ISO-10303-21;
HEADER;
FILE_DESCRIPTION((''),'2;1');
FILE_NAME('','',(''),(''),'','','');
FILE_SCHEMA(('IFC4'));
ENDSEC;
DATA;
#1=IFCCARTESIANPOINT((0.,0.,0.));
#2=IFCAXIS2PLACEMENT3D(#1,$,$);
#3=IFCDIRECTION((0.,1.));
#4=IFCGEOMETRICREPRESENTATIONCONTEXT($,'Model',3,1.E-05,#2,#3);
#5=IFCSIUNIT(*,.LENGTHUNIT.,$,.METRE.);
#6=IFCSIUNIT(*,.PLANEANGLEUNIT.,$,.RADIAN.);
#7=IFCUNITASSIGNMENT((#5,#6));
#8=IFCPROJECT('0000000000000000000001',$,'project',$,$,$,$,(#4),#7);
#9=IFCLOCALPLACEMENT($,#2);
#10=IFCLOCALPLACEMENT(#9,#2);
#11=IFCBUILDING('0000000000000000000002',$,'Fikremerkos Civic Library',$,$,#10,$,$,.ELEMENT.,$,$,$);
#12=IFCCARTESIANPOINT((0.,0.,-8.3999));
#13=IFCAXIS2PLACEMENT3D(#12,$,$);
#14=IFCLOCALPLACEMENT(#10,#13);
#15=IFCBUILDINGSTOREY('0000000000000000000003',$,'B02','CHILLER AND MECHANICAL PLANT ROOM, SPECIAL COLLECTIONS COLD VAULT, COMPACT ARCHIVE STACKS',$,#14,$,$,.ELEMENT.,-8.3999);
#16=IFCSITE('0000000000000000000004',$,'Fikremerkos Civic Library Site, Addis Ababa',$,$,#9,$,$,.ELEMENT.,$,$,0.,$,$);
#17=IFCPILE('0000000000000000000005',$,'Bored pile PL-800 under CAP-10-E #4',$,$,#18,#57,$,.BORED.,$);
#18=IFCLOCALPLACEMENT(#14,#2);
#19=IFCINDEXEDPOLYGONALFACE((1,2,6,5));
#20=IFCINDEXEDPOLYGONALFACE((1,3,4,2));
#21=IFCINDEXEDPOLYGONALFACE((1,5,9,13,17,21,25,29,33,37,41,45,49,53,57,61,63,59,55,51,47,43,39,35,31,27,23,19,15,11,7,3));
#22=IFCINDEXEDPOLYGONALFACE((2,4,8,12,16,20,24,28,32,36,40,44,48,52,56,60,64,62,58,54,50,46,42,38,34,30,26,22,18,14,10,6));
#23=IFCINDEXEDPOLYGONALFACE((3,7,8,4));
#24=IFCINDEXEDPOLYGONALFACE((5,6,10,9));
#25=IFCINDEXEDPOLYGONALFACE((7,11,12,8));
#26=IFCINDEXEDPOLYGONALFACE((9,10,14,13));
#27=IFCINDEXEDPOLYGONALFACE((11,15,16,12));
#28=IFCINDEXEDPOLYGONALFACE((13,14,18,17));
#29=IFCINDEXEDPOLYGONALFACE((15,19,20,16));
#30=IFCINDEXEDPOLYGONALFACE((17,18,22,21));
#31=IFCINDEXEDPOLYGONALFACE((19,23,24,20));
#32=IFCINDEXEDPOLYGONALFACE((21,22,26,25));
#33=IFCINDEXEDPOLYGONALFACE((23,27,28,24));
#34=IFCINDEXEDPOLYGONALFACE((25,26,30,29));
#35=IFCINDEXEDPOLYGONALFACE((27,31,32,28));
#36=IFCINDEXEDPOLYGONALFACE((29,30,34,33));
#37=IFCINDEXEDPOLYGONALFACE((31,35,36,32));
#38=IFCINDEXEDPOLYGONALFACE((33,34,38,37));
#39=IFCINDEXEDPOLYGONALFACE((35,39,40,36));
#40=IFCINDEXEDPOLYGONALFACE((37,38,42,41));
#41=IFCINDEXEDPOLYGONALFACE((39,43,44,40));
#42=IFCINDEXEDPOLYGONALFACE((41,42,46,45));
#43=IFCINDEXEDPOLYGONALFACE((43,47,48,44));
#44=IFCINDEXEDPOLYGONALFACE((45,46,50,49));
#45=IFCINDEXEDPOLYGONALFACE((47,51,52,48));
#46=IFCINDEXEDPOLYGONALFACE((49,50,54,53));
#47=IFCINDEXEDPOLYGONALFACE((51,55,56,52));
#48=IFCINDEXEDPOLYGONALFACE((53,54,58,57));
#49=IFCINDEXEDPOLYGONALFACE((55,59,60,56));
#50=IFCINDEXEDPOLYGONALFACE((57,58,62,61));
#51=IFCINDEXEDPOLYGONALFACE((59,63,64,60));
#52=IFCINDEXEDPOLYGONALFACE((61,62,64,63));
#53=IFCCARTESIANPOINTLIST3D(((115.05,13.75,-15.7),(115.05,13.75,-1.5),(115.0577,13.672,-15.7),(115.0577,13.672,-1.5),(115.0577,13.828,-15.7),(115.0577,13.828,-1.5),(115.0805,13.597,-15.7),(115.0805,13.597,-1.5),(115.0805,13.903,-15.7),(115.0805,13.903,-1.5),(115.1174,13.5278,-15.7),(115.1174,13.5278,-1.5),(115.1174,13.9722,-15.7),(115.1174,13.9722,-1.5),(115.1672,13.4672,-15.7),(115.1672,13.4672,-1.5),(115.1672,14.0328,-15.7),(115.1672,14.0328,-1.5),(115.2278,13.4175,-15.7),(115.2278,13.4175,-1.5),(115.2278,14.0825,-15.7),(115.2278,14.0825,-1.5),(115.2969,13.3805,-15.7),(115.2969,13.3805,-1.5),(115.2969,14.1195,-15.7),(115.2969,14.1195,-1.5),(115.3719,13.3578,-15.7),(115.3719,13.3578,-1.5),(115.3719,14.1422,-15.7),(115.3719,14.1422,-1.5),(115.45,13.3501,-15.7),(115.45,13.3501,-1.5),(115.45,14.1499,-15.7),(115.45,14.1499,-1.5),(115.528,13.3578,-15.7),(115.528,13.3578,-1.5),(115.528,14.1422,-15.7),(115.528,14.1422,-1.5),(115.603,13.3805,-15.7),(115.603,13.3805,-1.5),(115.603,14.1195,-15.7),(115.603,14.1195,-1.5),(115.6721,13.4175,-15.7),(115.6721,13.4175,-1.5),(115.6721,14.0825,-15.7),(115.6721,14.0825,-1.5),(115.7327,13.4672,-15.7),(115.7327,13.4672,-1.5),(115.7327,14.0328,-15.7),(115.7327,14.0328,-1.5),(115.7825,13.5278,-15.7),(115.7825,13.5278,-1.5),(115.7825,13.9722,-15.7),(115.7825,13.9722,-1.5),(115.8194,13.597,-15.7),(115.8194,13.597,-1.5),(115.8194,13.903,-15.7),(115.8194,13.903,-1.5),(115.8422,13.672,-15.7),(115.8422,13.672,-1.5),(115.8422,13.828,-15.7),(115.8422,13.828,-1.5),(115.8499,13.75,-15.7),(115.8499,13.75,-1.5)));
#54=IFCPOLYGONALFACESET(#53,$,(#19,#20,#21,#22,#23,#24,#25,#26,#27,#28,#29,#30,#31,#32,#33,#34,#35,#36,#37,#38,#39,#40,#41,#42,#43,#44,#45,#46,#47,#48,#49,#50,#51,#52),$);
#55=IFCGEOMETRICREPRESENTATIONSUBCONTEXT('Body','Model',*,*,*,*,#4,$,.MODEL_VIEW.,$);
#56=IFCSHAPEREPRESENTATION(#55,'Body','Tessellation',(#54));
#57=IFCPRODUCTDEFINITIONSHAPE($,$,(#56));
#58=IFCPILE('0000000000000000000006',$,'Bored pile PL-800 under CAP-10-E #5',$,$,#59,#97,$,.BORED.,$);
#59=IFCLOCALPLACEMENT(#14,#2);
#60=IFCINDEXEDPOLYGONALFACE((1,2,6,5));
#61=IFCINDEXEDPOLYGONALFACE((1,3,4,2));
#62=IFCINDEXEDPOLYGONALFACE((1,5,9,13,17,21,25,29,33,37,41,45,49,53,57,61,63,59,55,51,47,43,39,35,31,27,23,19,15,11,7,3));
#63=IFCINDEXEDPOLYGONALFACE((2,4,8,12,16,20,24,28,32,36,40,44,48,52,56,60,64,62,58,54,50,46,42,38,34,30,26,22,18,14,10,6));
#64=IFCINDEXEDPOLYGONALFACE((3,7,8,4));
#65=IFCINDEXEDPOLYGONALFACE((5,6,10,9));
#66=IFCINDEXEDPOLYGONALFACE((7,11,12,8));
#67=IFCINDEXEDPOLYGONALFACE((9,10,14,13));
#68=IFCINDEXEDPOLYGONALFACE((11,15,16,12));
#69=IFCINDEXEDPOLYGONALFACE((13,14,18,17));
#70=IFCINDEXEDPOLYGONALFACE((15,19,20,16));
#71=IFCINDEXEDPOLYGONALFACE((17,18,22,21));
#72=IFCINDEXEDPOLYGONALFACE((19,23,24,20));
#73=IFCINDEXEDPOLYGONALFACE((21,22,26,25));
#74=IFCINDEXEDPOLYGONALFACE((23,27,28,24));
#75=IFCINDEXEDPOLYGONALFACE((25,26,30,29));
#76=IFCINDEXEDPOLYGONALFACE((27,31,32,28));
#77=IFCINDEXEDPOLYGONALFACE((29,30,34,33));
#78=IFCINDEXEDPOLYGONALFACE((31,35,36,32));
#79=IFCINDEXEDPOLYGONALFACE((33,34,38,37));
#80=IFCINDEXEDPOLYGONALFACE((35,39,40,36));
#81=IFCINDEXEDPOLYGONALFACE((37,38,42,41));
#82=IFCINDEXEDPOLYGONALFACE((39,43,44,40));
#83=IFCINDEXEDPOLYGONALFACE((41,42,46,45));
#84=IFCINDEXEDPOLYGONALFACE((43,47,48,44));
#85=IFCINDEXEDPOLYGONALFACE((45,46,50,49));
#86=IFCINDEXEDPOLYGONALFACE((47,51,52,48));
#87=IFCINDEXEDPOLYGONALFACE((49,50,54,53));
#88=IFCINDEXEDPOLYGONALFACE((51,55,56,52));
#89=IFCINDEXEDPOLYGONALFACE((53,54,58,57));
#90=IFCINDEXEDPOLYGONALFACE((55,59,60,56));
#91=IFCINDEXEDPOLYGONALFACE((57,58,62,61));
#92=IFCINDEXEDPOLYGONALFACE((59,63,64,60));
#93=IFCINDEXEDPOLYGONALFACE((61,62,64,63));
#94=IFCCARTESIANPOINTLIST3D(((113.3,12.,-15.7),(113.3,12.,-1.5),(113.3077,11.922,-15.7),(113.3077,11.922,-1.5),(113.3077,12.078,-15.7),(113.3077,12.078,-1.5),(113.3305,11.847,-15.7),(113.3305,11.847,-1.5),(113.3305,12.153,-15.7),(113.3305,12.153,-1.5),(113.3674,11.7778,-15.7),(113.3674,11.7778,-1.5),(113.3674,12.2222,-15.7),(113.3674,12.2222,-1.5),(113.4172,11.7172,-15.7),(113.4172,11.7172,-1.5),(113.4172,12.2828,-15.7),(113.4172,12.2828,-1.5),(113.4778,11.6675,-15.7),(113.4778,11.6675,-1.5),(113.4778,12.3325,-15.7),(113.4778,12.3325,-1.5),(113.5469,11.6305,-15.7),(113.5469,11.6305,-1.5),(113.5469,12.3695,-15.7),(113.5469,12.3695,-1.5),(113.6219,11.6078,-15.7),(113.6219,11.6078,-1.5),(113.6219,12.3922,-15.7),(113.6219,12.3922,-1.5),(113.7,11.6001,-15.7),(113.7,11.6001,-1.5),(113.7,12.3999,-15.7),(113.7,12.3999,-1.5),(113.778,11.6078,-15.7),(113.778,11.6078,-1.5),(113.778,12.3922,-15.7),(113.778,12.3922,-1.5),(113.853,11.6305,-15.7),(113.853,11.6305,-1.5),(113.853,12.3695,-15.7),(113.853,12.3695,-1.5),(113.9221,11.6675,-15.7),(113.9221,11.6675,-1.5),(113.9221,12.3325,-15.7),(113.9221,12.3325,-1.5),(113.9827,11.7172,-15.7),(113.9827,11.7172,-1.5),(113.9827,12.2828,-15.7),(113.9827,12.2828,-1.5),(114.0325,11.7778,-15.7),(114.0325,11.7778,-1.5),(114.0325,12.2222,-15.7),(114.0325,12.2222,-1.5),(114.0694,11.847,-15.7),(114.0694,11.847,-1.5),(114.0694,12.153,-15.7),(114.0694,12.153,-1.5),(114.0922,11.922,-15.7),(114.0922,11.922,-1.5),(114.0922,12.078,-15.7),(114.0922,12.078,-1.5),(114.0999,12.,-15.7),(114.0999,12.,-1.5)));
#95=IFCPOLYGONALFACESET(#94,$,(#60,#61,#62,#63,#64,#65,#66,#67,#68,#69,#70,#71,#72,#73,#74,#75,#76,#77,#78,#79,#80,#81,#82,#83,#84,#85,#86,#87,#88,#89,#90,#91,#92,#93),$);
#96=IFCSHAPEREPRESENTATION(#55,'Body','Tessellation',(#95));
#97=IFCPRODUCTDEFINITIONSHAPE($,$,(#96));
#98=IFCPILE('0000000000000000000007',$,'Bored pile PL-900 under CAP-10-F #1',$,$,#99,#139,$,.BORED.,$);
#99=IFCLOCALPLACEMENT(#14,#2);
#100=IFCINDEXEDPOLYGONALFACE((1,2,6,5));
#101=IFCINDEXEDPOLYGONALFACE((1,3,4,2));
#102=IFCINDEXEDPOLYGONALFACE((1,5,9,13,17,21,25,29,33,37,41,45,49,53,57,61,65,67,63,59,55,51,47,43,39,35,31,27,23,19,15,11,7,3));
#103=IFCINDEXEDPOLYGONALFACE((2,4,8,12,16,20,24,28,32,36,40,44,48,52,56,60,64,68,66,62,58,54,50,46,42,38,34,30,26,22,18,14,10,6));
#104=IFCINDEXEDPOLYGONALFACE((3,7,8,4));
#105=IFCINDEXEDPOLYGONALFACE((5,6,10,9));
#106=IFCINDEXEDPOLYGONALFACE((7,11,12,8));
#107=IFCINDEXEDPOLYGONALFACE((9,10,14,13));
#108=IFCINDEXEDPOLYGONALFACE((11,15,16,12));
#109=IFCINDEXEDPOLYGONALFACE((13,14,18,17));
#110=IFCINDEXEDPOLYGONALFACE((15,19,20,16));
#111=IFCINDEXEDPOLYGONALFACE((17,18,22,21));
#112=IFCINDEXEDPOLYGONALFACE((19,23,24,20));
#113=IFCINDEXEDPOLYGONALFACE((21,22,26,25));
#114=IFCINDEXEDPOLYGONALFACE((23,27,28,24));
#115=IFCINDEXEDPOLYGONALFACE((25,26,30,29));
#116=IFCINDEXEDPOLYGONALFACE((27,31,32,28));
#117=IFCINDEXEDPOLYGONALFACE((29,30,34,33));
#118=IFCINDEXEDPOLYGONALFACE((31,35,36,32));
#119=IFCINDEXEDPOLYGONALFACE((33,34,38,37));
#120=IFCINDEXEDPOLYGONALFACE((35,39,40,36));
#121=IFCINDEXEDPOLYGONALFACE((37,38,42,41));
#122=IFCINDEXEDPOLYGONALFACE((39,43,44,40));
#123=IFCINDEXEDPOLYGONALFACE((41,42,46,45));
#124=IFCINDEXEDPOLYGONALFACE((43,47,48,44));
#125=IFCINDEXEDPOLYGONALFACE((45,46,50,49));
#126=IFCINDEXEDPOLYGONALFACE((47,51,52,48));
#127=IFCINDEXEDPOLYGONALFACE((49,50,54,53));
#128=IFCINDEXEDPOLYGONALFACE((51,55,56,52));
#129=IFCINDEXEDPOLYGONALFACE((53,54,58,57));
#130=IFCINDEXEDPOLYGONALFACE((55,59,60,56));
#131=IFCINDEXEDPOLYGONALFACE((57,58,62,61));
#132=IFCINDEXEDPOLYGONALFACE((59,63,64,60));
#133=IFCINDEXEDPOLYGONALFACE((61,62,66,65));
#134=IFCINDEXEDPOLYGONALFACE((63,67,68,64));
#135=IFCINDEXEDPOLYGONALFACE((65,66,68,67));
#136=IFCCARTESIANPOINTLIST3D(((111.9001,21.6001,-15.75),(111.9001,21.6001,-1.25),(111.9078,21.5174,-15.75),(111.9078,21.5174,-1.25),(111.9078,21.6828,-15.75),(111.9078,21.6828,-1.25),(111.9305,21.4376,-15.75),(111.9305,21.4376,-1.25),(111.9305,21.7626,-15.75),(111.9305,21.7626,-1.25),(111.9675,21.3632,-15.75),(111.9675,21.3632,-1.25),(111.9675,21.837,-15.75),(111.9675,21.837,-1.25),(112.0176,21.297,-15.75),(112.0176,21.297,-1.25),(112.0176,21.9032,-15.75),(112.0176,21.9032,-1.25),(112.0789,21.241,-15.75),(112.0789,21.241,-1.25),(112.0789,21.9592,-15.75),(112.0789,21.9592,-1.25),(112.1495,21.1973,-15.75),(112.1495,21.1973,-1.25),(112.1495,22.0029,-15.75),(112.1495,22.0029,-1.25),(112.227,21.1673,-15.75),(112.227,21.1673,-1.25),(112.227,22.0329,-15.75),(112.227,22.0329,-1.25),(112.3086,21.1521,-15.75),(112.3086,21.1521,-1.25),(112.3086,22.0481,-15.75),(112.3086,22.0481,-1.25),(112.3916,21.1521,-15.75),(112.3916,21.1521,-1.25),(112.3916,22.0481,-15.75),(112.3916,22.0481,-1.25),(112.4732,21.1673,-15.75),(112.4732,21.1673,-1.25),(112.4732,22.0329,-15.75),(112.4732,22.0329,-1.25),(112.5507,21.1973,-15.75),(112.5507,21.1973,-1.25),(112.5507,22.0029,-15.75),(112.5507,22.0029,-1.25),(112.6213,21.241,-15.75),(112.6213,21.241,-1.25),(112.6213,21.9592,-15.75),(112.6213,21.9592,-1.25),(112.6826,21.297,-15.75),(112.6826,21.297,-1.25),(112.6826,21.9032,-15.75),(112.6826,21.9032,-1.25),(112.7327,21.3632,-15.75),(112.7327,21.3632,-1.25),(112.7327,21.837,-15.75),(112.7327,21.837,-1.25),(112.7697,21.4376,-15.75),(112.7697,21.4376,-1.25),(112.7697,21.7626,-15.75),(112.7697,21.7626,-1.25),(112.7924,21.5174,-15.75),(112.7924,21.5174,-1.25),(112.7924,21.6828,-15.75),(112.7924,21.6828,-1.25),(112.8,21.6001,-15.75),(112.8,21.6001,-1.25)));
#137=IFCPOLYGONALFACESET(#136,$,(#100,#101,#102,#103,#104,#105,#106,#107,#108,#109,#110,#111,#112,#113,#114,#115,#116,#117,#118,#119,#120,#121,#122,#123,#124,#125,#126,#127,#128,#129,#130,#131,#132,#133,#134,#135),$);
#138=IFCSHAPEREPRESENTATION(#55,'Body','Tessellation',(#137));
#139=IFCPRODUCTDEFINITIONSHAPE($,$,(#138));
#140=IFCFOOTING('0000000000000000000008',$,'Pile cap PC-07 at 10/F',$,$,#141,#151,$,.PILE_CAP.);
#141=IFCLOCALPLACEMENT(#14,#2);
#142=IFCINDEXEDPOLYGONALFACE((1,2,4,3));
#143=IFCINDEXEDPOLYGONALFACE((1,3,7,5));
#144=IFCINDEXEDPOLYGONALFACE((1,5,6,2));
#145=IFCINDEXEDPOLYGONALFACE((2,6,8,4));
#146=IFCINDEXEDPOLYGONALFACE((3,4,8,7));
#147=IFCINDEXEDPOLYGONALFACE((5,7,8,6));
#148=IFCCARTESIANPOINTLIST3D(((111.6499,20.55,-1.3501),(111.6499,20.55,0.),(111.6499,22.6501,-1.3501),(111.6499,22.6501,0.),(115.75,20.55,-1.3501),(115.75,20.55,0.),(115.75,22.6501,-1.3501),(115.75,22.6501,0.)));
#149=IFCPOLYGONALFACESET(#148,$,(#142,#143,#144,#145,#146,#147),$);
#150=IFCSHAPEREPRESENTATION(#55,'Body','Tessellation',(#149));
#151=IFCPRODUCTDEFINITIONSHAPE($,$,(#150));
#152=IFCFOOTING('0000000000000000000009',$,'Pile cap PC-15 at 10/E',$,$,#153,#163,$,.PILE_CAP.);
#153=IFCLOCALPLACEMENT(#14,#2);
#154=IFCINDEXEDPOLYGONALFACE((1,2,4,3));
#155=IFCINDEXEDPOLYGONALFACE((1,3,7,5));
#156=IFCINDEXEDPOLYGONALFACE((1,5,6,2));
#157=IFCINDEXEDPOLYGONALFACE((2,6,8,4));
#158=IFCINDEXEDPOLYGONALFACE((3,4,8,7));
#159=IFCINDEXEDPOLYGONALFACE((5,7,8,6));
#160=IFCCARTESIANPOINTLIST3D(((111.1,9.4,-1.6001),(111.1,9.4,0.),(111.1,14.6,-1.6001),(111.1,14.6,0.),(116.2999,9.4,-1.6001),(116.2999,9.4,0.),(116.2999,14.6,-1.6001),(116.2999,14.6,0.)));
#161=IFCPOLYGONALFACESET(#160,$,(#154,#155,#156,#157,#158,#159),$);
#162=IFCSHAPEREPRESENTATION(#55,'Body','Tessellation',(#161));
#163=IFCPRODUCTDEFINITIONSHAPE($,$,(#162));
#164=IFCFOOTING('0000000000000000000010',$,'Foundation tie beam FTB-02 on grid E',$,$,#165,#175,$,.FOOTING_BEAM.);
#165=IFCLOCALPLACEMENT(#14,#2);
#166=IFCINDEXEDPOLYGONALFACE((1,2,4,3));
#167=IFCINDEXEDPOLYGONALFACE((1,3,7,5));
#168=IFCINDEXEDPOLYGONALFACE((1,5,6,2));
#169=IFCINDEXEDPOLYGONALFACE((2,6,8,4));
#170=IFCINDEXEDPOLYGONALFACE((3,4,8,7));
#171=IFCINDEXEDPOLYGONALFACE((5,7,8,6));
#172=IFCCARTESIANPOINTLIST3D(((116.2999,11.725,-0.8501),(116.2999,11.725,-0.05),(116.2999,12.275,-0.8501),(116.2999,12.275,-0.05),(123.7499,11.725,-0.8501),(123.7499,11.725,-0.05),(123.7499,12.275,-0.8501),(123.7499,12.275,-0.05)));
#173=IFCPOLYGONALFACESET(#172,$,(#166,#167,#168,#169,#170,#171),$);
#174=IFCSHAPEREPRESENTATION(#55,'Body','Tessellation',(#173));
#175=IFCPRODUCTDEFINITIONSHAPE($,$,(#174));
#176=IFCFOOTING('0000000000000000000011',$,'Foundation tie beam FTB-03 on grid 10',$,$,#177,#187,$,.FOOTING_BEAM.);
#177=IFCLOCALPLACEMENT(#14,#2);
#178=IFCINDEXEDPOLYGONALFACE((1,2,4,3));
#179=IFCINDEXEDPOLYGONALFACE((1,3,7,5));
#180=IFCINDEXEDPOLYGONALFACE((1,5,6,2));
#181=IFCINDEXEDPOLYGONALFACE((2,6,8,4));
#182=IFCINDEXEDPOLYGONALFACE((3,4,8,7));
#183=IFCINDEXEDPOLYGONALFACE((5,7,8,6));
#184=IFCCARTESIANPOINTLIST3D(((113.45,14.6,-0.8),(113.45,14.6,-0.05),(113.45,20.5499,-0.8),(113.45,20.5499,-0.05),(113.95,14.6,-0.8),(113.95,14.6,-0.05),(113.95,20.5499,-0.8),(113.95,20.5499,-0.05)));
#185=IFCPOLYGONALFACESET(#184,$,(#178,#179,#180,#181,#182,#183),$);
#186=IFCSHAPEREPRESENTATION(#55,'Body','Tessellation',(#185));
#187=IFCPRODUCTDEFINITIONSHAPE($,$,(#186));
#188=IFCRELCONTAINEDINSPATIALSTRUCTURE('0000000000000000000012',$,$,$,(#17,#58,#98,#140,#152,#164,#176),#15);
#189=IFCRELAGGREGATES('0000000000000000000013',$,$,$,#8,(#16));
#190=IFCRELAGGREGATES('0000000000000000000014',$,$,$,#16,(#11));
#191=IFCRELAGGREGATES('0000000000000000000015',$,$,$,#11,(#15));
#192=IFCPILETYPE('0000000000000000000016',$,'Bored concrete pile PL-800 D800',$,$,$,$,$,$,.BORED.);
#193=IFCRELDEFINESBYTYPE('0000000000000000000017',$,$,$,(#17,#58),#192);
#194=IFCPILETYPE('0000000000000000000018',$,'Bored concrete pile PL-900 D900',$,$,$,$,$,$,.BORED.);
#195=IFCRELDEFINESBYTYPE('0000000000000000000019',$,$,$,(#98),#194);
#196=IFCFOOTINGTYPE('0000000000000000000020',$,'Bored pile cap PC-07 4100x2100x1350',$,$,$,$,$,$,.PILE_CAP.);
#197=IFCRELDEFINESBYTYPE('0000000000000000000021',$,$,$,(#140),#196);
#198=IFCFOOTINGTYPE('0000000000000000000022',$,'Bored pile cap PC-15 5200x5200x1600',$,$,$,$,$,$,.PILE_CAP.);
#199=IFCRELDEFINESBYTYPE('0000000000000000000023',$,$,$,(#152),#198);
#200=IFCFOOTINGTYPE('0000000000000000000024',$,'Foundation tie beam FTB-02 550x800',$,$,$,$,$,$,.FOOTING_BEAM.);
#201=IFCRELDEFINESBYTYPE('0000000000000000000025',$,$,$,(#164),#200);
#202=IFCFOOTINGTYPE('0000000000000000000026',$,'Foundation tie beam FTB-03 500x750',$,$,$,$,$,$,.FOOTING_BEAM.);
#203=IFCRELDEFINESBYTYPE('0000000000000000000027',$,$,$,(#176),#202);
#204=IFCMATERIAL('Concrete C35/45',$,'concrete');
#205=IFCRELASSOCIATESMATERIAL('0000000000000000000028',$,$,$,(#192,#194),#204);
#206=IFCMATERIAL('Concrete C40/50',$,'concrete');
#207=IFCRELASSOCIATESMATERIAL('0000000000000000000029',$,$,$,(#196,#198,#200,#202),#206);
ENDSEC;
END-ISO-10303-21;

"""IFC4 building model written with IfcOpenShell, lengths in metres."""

from ifc_helpers import new_model, si_unit, direction, frame, origin, origin_2d, place, context, subcontext, project, spatial, rectangle, circle, extrude, material, material_profile, profile_set, type_object, element, save


model = new_model("IFC4")

# Units and contexts
model_context = context("Model", 3, precision=1e-05, world=origin(), true_north=direction((0.0, 1.0)))
body_context = subcontext(model_context, "Body", "Model", "MODEL_VIEW")
ifc_project = project(units=[si_unit("LENGTHUNIT", "METRE"), si_unit("PLANEANGLEUNIT", "RADIAN")], contexts=[model_context])

# Site, building, storey
site_placement = place(None, origin())
site = spatial("IfcSite", under=ifc_project, at=site_placement, Name="Fikremerkos Civic Library Site, Addis Ababa", CompositionType="ELEMENT", RefElevation=0.0)
building_placement = place(site_placement, origin())
building = spatial("IfcBuilding", under=site, at=building_placement, Name="Fikremerkos Civic Library", CompositionType="ELEMENT")
storey_placement = place(building_placement, frame((0.0, 0.0, -8.3999)))
storey = spatial("IfcBuildingStorey", under=building, at=storey_placement, Name="B02", Description="CHILLER AND MECHANICAL PLANT ROOM, SPECIAL COLLECTIONS COLD VAULT, COMPACT ARCHIVE STACKS", CompositionType="ELEMENT", Elevation=-8.3999)

# Piles
ifc_material_1 = material(Name="Concrete C35/45", Category="concrete")
ifc_material_profile_1 = material_profile(ifc_material_1, circle(Radius=0.3999, at=origin_2d()), Name="BORED PILE 800")
ifc_profile_set_1 = profile_set([ifc_material_profile_1], Name="Concrete C35/45")
pile_type_1 = type_object("IfcPileType", Name="Bored concrete pile PL-800 D800", PredefinedType="BORED", material=ifc_profile_set_1)
for number, where, z_axis, x_axis, name in (
    (1, (115.45, 13.75, -1.5), (0.0, 0.0, -1.0), (1.0, 0.0, 0.0), "Bored pile PL-800 under CAP-10-E #4"),
    (2, (113.7, 12.0, -1.5), (0.0, 0.0, -1.0), (1.0, 0.0, 0.0), "Bored pile PL-800 under CAP-10-E #5"),
):
    element("IfcPile", number, at=place(storey_placement, frame(where, z_axis=z_axis, x_axis=x_axis)), inside=storey, type_object=pile_type_1, Name=name, PredefinedType="BORED", context=body_context, shape_type="SweptSolid", body=[
        extrude(circle(Radius=0.3999, at=origin_2d()), origin(), (0.0, 0.0, 1.0), 14.2),
    ])
ifc_material_profile_2 = material_profile(ifc_material_1, circle(Radius=0.45, at=origin_2d()), Name="BORED PILE 900")
ifc_profile_set_2 = profile_set([ifc_material_profile_2], Name="Concrete C35/45")
pile_type_2 = type_object("IfcPileType", Name="Bored concrete pile PL-900 D900", PredefinedType="BORED", material=ifc_profile_set_2)
pile_1_placement = place(storey_placement, frame((112.3501, 21.6001, -1.25), z_axis=(0.0, 0.0, -1.0), x_axis=(1.0, 0.0, 0.0)))
element("IfcPile", 3, at=pile_1_placement, inside=storey, type_object=pile_type_2, Name="Bored pile PL-900 under CAP-10-F #1", PredefinedType="BORED", context=body_context, shape_type="SweptSolid", body=[
    extrude(circle(Radius=0.45, at=origin_2d()), origin(), (0.0, 0.0, 1.0), 14.5),
])

# Footings
ifc_material_2 = material(Name="Concrete C40/50", Category="concrete")
footing_type_1 = type_object("IfcFootingType", Name="Bored pile cap PC-07 4100x2100x1350", PredefinedType="PILE_CAP", material=ifc_material_2)
footing_1_placement = place(storey_placement, frame((113.7, 21.6001, -1.3501), z_axis=(0.0, 0.0, 1.0), x_axis=(1.0, 0.0, 0.0)))
element("IfcFooting", 4, at=footing_1_placement, inside=storey, type_object=footing_type_1, Name="Pile cap PC-07 at 10/F", PredefinedType="PILE_CAP", context=body_context, shape_type="SweptSolid", body=[
    extrude(rectangle(XDim=4.1001, YDim=2.1001, at=origin_2d()), origin(), (0.0, 0.0, 1.0), 1.3501),
])
footing_type_2 = type_object("IfcFootingType", Name="Bored pile cap PC-15 5200x5200x1600", PredefinedType="PILE_CAP", material=ifc_material_2)
footing_2_placement = place(storey_placement, frame((113.7, 12.0, -1.6001), z_axis=(0.0, 0.0, 1.0), x_axis=(1.0, 0.0, 0.0)))
element("IfcFooting", 5, at=footing_2_placement, inside=storey, type_object=footing_type_2, Name="Pile cap PC-15 at 10/E", PredefinedType="PILE_CAP", context=body_context, shape_type="SweptSolid", body=[
    extrude(rectangle(XDim=5.2, YDim=5.2, at=origin_2d()), origin(), (0.0, 0.0, 1.0), 1.6001),
])
footing_type_3 = type_object("IfcFootingType", Name="Foundation tie beam FTB-02 550x800", PredefinedType="FOOTING_BEAM", material=ifc_material_2)
footing_3_placement = place(storey_placement, frame((120.0249, 12.0, -0.8501), z_axis=(0.0, 0.0, 1.0), x_axis=(1.0, 0.0, 0.0)))
element("IfcFooting", 6, at=footing_3_placement, inside=storey, type_object=footing_type_3, Name="Foundation tie beam FTB-02 on grid E", PredefinedType="FOOTING_BEAM", context=body_context, shape_type="SweptSolid", body=[
    extrude(rectangle(XDim=7.45, YDim=0.55, at=origin_2d()), origin(), (0.0, 0.0, 1.0), 0.8),
])
footing_type_4 = type_object("IfcFootingType", Name="Foundation tie beam FTB-03 500x750", PredefinedType="FOOTING_BEAM", material=ifc_material_2)
footing_4_placement = place(storey_placement, frame((113.7, 17.575, -0.8), z_axis=(0.0, 0.0, 1.0), x_axis=(0.0, 1.0, 0.0)))
element("IfcFooting", 7, at=footing_4_placement, inside=storey, type_object=footing_type_4, Name="Foundation tie beam FTB-03 on grid 10", PredefinedType="FOOTING_BEAM", context=body_context, shape_type="SweptSolid", body=[
    extrude(rectangle(XDim=5.95, YDim=0.5, at=origin_2d()), origin(), (0.0, 0.0, 1.0), 0.75),
])

save(model, "model.ifc")
